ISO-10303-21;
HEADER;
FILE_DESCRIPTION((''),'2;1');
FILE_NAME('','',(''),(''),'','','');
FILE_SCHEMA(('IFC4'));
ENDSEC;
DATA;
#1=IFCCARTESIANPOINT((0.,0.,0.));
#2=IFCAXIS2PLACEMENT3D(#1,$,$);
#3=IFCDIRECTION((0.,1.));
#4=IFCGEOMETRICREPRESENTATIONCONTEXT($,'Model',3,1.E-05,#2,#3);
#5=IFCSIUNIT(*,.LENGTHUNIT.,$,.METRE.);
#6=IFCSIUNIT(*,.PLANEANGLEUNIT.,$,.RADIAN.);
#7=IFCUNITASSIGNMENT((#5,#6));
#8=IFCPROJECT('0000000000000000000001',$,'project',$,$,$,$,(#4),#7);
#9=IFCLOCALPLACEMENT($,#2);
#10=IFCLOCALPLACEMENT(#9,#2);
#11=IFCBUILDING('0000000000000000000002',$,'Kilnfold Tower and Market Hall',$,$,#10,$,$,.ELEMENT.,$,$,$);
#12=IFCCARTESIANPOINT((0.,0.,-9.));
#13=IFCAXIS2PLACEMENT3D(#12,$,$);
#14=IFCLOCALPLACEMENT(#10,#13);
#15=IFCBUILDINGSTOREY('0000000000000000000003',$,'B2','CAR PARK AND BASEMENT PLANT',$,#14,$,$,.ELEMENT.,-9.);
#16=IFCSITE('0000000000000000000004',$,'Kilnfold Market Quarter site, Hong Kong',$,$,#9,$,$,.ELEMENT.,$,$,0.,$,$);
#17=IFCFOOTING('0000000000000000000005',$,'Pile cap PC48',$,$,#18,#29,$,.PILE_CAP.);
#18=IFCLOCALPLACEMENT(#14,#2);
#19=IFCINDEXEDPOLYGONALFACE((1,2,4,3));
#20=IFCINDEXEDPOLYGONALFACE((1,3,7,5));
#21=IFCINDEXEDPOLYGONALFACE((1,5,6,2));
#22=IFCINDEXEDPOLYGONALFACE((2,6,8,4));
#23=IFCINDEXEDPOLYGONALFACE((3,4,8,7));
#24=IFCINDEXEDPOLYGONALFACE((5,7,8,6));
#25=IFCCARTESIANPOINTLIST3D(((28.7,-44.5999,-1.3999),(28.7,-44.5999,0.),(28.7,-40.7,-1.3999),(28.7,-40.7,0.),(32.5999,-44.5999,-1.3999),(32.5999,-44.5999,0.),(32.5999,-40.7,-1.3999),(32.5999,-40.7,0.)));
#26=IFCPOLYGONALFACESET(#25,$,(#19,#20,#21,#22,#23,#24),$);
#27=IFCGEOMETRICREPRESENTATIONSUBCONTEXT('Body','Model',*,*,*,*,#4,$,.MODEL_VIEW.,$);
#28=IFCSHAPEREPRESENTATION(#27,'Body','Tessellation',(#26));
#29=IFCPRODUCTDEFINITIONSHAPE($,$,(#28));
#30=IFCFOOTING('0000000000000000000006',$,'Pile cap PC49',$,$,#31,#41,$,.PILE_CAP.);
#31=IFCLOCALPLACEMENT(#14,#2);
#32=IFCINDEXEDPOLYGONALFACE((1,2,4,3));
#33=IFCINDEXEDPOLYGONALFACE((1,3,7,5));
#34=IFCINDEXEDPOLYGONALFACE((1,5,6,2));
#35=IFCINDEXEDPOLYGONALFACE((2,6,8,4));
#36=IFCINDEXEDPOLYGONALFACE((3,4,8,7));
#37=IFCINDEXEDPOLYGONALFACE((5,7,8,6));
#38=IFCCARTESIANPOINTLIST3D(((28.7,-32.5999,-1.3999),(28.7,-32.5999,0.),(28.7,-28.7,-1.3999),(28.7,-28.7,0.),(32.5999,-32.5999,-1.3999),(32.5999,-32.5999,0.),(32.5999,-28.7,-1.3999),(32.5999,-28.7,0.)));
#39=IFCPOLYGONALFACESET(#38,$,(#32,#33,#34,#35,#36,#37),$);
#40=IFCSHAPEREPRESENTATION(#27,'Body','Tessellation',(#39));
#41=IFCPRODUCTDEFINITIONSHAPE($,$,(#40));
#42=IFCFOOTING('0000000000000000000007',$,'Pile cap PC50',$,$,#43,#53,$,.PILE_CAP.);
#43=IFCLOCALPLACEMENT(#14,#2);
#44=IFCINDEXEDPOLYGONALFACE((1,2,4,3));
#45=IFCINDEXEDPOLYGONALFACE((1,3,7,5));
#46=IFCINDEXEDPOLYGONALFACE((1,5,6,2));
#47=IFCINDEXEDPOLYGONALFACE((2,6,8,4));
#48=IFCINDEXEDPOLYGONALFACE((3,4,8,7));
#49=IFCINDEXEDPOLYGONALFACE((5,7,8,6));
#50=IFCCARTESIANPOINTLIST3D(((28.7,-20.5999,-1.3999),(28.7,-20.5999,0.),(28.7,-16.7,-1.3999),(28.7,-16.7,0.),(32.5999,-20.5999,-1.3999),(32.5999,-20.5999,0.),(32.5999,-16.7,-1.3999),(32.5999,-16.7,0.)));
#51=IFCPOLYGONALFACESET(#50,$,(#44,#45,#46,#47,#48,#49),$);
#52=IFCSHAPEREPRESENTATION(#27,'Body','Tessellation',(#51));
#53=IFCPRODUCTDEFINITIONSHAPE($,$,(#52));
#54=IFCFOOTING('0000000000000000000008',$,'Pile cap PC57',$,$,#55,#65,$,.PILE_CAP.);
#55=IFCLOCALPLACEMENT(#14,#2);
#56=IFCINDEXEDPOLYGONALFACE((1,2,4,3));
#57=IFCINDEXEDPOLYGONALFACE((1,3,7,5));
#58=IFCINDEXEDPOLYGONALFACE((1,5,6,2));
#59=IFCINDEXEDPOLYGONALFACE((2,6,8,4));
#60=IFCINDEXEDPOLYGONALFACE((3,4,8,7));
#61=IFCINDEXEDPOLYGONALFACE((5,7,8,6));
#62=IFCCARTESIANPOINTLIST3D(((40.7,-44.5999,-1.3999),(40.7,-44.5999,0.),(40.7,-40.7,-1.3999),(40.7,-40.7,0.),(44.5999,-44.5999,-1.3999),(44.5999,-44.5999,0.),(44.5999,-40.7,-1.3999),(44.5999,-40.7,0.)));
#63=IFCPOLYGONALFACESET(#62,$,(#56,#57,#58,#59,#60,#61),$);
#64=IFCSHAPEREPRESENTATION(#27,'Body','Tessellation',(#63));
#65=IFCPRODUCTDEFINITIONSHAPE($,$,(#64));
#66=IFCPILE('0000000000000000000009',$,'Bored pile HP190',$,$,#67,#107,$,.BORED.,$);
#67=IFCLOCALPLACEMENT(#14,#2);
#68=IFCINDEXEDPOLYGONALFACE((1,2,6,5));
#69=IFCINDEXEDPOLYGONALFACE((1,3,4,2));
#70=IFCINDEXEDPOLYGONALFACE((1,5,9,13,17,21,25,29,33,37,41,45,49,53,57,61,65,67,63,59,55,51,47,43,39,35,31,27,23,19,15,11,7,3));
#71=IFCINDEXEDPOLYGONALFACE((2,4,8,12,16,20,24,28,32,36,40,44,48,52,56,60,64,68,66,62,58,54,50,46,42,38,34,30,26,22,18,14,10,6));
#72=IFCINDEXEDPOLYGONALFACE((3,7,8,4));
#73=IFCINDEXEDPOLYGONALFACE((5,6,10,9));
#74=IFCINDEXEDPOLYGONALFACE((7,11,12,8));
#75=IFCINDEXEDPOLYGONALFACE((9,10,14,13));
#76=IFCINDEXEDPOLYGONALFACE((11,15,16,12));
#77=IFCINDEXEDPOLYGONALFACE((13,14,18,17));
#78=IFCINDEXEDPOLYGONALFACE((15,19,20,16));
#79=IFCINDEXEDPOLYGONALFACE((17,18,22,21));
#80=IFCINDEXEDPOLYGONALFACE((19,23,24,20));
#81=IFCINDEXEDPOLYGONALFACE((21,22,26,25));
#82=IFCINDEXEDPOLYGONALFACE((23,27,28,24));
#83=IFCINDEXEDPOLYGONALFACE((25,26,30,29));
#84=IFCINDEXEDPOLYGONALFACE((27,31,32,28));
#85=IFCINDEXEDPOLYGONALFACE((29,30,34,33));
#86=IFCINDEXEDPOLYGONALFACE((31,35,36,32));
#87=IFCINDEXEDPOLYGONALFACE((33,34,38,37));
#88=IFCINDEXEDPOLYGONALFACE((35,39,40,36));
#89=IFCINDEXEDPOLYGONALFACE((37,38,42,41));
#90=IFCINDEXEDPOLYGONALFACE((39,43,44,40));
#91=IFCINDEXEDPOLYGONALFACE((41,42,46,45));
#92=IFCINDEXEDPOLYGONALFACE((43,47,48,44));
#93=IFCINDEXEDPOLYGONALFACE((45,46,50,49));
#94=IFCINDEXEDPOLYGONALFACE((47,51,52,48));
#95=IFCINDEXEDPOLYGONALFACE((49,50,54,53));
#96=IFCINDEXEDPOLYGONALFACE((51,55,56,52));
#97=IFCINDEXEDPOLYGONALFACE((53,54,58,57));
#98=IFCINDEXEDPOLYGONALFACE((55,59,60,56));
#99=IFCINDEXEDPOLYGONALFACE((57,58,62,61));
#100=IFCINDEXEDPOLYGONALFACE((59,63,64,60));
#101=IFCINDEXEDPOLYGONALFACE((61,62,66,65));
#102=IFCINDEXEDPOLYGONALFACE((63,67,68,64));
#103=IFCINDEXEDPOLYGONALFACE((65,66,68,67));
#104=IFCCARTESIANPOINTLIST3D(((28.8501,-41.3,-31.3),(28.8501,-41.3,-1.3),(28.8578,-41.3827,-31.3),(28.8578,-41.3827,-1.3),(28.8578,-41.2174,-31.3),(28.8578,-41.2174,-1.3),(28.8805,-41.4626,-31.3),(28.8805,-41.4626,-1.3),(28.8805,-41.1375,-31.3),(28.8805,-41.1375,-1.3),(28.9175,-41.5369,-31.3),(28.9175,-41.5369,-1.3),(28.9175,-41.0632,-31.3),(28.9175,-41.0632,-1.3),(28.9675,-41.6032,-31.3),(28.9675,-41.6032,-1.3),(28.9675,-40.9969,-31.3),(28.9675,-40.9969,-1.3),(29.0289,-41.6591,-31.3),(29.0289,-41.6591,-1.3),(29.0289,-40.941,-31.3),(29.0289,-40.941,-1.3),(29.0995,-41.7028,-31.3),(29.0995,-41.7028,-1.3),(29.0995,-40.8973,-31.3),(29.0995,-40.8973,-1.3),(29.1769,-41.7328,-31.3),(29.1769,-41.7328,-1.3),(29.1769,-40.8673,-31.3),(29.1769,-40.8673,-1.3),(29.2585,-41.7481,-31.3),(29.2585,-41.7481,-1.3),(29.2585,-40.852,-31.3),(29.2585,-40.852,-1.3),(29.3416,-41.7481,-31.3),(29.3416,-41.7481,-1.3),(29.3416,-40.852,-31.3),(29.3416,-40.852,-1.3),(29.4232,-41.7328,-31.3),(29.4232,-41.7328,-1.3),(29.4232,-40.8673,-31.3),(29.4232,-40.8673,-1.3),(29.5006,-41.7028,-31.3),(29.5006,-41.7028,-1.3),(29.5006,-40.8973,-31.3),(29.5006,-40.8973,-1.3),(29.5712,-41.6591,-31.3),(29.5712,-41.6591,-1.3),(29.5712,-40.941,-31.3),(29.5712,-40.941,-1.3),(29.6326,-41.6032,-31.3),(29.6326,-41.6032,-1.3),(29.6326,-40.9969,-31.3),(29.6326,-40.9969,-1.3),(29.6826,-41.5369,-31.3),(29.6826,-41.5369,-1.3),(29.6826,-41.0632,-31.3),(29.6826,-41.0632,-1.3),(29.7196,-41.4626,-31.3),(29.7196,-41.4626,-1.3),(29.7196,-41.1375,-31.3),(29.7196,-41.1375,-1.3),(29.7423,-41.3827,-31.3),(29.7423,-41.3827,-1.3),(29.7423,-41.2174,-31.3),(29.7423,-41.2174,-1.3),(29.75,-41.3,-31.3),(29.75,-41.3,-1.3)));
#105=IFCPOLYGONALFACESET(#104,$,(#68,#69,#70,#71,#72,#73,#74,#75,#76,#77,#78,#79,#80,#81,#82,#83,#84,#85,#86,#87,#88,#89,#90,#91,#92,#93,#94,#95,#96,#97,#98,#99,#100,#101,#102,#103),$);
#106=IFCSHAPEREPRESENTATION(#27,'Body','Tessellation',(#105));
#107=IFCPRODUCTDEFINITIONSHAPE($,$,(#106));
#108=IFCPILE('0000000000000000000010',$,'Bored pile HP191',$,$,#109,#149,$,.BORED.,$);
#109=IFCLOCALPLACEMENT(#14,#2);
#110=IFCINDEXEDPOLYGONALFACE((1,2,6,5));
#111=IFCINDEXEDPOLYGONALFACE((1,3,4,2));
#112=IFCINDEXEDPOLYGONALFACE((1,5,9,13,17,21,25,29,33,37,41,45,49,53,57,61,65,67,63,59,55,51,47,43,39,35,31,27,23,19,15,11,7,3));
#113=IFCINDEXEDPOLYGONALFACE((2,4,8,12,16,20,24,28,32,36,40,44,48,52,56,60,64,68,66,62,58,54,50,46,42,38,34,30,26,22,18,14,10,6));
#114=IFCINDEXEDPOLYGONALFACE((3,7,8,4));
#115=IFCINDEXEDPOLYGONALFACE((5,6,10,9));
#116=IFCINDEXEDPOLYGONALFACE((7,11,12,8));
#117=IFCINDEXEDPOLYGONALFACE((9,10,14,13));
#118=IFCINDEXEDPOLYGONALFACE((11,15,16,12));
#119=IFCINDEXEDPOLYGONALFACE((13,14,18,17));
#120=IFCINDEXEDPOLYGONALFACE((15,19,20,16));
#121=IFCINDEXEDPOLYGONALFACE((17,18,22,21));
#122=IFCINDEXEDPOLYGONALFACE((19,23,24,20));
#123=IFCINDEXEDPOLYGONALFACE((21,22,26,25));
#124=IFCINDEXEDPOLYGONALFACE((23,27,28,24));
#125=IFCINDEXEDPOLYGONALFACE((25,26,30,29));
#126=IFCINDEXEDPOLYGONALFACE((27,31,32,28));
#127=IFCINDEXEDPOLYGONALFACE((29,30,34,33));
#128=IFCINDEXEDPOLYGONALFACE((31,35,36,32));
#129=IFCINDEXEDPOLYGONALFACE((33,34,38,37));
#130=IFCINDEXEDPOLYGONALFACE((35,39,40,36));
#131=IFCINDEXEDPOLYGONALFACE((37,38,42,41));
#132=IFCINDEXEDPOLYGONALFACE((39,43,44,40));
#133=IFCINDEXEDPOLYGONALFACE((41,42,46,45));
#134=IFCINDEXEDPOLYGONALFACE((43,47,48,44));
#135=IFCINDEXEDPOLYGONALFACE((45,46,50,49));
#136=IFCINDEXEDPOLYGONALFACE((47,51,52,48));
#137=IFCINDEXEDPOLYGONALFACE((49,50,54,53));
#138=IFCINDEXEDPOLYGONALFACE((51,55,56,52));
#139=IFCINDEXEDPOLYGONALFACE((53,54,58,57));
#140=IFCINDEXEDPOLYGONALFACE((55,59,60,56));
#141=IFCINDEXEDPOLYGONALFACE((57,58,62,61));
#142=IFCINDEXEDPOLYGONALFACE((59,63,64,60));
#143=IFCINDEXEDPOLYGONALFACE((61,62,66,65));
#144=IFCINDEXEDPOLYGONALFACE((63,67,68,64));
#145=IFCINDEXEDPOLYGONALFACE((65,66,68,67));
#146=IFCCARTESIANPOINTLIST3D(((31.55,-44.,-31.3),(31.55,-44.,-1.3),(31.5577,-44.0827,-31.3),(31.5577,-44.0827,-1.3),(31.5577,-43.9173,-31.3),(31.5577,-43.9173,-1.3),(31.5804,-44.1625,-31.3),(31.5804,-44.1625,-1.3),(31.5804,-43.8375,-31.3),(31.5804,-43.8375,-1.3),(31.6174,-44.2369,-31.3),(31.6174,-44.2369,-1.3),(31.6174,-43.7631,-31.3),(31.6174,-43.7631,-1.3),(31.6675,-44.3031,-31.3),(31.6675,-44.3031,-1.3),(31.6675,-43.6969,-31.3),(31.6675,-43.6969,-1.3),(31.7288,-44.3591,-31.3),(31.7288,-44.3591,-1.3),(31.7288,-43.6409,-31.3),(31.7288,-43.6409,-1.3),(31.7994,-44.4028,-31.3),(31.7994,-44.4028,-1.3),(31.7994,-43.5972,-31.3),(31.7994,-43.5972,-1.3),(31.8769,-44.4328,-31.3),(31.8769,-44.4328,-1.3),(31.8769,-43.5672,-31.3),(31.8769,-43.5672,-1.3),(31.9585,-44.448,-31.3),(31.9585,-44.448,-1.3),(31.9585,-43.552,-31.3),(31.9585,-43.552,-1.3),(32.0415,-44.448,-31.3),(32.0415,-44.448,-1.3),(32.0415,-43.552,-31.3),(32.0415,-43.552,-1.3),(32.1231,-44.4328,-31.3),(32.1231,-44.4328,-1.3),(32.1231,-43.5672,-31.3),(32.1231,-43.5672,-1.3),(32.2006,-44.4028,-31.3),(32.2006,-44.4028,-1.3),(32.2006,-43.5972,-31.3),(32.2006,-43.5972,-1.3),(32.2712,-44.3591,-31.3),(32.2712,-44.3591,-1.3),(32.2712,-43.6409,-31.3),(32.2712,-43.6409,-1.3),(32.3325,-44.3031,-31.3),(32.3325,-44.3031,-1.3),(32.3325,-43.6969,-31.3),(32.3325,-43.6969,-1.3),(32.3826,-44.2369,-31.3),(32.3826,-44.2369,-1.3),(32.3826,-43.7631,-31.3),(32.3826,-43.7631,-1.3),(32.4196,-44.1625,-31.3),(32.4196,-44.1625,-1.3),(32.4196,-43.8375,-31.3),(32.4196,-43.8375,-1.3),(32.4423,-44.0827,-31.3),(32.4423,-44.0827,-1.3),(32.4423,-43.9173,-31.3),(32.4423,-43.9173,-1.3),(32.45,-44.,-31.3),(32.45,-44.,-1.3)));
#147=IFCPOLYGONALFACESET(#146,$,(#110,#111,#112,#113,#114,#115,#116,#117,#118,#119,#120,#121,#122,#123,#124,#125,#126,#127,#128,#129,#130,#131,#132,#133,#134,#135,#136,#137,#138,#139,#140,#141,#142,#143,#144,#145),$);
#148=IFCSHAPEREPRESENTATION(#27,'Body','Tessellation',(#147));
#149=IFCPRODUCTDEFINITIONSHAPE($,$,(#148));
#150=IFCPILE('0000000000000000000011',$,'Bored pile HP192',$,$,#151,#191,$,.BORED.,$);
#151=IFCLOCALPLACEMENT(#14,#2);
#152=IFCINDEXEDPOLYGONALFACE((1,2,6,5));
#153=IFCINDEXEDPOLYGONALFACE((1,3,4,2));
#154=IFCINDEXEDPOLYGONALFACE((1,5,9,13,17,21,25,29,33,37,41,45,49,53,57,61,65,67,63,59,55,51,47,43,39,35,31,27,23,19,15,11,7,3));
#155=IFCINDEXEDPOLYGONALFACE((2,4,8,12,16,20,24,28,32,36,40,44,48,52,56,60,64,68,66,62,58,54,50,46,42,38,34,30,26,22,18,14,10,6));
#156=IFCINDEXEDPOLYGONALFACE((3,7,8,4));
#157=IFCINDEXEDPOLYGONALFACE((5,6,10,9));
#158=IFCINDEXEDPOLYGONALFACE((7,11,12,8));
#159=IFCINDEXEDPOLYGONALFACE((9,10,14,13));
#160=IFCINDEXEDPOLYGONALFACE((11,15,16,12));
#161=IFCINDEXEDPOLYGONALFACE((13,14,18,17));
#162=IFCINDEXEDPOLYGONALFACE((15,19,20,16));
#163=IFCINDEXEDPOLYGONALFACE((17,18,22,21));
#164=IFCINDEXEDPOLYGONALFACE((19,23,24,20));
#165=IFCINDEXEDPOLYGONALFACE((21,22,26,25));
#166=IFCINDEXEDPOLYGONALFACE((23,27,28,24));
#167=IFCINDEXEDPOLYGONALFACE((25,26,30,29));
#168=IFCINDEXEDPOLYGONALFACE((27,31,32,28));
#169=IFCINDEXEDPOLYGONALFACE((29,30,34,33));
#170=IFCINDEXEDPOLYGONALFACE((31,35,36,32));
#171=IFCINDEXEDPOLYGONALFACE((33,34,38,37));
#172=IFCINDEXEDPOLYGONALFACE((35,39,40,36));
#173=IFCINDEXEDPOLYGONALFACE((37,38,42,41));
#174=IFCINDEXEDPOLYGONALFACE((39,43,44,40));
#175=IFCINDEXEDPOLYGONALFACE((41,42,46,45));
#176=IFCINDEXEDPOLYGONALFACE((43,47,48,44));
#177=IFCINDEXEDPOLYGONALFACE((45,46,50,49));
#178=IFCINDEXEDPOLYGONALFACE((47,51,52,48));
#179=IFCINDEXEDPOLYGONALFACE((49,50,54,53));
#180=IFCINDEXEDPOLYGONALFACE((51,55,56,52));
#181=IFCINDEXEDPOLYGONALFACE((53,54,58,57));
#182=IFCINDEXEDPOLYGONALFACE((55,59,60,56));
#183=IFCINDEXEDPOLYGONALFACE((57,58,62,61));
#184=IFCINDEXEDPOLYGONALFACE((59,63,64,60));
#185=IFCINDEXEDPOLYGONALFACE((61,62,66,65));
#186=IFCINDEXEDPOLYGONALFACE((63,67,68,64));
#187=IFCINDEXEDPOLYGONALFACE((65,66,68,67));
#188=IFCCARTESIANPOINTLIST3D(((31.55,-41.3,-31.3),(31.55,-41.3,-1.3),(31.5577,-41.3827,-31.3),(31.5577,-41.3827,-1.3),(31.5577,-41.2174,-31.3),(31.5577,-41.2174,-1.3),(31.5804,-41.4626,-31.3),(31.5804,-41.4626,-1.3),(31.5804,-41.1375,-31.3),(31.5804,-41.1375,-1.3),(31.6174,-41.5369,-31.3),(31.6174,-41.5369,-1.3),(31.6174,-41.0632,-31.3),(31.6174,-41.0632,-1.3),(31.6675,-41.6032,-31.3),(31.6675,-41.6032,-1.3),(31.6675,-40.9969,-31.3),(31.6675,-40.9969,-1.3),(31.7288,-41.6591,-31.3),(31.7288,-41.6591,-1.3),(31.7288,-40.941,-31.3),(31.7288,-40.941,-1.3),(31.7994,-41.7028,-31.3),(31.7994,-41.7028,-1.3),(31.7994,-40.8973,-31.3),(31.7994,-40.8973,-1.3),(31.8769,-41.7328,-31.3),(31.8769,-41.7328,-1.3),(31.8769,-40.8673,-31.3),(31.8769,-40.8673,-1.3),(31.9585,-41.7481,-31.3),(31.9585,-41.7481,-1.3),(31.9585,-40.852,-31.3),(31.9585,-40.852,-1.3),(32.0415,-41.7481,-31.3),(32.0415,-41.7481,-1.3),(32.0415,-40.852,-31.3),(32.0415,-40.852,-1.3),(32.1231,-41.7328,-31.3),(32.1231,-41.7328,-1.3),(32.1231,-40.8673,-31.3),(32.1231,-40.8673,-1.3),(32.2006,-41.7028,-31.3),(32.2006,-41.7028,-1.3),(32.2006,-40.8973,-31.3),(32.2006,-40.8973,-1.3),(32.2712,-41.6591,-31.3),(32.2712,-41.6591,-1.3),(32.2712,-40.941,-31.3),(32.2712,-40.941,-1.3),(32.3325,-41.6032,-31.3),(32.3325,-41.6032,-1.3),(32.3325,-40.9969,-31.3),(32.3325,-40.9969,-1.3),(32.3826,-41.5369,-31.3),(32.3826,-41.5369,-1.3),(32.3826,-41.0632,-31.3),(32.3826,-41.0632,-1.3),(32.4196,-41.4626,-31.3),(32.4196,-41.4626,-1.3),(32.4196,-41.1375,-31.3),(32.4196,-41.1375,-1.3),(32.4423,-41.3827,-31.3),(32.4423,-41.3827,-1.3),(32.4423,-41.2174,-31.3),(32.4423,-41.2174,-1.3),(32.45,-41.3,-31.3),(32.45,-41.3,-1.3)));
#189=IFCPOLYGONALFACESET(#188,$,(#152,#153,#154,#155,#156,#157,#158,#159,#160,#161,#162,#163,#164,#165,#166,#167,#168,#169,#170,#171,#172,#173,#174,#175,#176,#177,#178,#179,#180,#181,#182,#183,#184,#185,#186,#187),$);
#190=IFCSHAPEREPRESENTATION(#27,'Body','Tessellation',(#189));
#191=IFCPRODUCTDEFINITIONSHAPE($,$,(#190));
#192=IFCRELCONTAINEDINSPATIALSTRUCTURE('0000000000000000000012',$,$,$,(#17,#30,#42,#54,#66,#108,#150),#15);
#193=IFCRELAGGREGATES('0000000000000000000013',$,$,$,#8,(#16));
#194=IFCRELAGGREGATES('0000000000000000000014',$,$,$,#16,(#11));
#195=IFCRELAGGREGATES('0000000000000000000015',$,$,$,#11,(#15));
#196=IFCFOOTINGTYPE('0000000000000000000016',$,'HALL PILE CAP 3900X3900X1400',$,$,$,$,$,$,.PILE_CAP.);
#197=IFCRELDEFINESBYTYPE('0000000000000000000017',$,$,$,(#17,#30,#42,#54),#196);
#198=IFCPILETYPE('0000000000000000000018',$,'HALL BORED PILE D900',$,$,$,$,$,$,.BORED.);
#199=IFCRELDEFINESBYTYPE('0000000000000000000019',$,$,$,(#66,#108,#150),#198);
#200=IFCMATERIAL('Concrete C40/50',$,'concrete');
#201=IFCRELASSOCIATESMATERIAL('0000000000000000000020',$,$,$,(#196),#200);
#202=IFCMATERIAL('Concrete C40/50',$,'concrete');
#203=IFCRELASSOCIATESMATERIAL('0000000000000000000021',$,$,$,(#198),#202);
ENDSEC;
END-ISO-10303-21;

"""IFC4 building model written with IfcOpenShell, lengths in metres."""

from ifc_helpers import new_model, si_unit, direction, frame, origin, origin_2d, place, context, subcontext, project, spatial, rectangle, circle, extrude, source, transform, mapped, material, material_profile, profile_set, type_object, element, save


model = new_model("IFC4")

# Units and contexts
model_context = context("Model", 3, precision=1e-05, world=origin(), true_north=direction((0.0, 1.0)))
body_context = subcontext(model_context, "Body", "Model", "MODEL_VIEW")
ifc_project = project(units=[si_unit("LENGTHUNIT", "METRE"), si_unit("PLANEANGLEUNIT", "RADIAN")], contexts=[model_context])

# Site, building, storey
site_placement = place(None, origin())
site = spatial("IfcSite", under=ifc_project, at=site_placement, Name="Kilnfold Market Quarter site, Hong Kong", CompositionType="ELEMENT", RefElevation=0.0)
building_placement = place(site_placement, origin())
building = spatial("IfcBuilding", under=site, at=building_placement, Name="Kilnfold Tower and Market Hall", CompositionType="ELEMENT")
storey_placement = place(building_placement, frame((0.0, 0.0, -9.0)))
storey = spatial("IfcBuildingStorey", under=building, at=storey_placement, Name="B2", Description="CAR PARK AND BASEMENT PLANT", CompositionType="ELEMENT", Elevation=-9.0)

# Footings
ifc_material_1 = material(Name="Concrete C40/50", Category="concrete")
footing_type = type_object("IfcFootingType", Name="HALL PILE CAP 3900X3900X1400", PredefinedType="PILE_CAP", material=ifc_material_1)
shared_shape_1 = source(origin(), body_context, "Body", "SweptSolid", [
    extrude(rectangle(XDim=3.8999, YDim=3.8999, at=origin_2d()), origin(), (0.0, 0.0, 1.0), 1.3999),
])
for number, where, z_axis, x_axis, name in (
    (1, (30.6499, -42.6499, -1.3999), (0.0, 0.0, 1.0), (1.0, 0.0, 0.0), "Pile cap PC48"),
    (2, (30.6499, -30.6499, -1.3999), (0.0, 0.0, 1.0), (1.0, 0.0, 0.0), "Pile cap PC49"),
    (3, (30.6499, -18.6499, -1.3999), (0.0, 0.0, 1.0), (1.0, 0.0, 0.0), "Pile cap PC50"),
    (4, (42.6499, -42.6499, -1.3999), (0.0, 0.0, 1.0), (1.0, 0.0, 0.0), "Pile cap PC57"),
):
    element("IfcFooting", number, at=place(storey_placement, frame(where, z_axis=z_axis, x_axis=x_axis)), inside=storey, type_object=footing_type, Name=name, PredefinedType="PILE_CAP", context=body_context, shape_type="MappedRepresentation", body=[
        mapped(shared_shape_1, transform((0.0, 0.0, 0.0))),
    ])

# Piles
ifc_material_2 = material(Name="Concrete C40/50", Category="concrete")
ifc_material_profile_1 = material_profile(ifc_material_2, circle(Radius=0.45, at=origin_2d()), Name="D900")
ifc_profile_set_1 = profile_set([ifc_material_profile_1], Name="Concrete C40/50")
pile_type = type_object("IfcPileType", Name="HALL BORED PILE D900", PredefinedType="BORED", material=ifc_profile_set_1)
shared_shape_2 = source(origin(), body_context, "Body", "SweptSolid", [
    extrude(circle(Radius=0.45, at=origin_2d()), origin(), (0.0, 0.0, 1.0), 30.0),
])
for number, where, z_axis, x_axis, name in (
    (5, (29.3, -41.3, -1.3), (0.0, 0.0, -1.0), (1.0, 0.0, 0.0), "Bored pile HP190"),
    (6, (32.0, -44.0, -1.3), (0.0, 0.0, -1.0), (1.0, 0.0, 0.0), "Bored pile HP191"),
    (7, (32.0, -41.3, -1.3), (0.0, 0.0, -1.0), (1.0, 0.0, 0.0), "Bored pile HP192"),
):
    element("IfcPile", number, at=place(storey_placement, frame(where, z_axis=z_axis, x_axis=x_axis)), inside=storey, type_object=pile_type, Name=name, PredefinedType="BORED", context=body_context, shape_type="MappedRepresentation", body=[
        mapped(shared_shape_2, transform((0.0, 0.0, 0.0))),
    ])

save(model, "model.ifc")
